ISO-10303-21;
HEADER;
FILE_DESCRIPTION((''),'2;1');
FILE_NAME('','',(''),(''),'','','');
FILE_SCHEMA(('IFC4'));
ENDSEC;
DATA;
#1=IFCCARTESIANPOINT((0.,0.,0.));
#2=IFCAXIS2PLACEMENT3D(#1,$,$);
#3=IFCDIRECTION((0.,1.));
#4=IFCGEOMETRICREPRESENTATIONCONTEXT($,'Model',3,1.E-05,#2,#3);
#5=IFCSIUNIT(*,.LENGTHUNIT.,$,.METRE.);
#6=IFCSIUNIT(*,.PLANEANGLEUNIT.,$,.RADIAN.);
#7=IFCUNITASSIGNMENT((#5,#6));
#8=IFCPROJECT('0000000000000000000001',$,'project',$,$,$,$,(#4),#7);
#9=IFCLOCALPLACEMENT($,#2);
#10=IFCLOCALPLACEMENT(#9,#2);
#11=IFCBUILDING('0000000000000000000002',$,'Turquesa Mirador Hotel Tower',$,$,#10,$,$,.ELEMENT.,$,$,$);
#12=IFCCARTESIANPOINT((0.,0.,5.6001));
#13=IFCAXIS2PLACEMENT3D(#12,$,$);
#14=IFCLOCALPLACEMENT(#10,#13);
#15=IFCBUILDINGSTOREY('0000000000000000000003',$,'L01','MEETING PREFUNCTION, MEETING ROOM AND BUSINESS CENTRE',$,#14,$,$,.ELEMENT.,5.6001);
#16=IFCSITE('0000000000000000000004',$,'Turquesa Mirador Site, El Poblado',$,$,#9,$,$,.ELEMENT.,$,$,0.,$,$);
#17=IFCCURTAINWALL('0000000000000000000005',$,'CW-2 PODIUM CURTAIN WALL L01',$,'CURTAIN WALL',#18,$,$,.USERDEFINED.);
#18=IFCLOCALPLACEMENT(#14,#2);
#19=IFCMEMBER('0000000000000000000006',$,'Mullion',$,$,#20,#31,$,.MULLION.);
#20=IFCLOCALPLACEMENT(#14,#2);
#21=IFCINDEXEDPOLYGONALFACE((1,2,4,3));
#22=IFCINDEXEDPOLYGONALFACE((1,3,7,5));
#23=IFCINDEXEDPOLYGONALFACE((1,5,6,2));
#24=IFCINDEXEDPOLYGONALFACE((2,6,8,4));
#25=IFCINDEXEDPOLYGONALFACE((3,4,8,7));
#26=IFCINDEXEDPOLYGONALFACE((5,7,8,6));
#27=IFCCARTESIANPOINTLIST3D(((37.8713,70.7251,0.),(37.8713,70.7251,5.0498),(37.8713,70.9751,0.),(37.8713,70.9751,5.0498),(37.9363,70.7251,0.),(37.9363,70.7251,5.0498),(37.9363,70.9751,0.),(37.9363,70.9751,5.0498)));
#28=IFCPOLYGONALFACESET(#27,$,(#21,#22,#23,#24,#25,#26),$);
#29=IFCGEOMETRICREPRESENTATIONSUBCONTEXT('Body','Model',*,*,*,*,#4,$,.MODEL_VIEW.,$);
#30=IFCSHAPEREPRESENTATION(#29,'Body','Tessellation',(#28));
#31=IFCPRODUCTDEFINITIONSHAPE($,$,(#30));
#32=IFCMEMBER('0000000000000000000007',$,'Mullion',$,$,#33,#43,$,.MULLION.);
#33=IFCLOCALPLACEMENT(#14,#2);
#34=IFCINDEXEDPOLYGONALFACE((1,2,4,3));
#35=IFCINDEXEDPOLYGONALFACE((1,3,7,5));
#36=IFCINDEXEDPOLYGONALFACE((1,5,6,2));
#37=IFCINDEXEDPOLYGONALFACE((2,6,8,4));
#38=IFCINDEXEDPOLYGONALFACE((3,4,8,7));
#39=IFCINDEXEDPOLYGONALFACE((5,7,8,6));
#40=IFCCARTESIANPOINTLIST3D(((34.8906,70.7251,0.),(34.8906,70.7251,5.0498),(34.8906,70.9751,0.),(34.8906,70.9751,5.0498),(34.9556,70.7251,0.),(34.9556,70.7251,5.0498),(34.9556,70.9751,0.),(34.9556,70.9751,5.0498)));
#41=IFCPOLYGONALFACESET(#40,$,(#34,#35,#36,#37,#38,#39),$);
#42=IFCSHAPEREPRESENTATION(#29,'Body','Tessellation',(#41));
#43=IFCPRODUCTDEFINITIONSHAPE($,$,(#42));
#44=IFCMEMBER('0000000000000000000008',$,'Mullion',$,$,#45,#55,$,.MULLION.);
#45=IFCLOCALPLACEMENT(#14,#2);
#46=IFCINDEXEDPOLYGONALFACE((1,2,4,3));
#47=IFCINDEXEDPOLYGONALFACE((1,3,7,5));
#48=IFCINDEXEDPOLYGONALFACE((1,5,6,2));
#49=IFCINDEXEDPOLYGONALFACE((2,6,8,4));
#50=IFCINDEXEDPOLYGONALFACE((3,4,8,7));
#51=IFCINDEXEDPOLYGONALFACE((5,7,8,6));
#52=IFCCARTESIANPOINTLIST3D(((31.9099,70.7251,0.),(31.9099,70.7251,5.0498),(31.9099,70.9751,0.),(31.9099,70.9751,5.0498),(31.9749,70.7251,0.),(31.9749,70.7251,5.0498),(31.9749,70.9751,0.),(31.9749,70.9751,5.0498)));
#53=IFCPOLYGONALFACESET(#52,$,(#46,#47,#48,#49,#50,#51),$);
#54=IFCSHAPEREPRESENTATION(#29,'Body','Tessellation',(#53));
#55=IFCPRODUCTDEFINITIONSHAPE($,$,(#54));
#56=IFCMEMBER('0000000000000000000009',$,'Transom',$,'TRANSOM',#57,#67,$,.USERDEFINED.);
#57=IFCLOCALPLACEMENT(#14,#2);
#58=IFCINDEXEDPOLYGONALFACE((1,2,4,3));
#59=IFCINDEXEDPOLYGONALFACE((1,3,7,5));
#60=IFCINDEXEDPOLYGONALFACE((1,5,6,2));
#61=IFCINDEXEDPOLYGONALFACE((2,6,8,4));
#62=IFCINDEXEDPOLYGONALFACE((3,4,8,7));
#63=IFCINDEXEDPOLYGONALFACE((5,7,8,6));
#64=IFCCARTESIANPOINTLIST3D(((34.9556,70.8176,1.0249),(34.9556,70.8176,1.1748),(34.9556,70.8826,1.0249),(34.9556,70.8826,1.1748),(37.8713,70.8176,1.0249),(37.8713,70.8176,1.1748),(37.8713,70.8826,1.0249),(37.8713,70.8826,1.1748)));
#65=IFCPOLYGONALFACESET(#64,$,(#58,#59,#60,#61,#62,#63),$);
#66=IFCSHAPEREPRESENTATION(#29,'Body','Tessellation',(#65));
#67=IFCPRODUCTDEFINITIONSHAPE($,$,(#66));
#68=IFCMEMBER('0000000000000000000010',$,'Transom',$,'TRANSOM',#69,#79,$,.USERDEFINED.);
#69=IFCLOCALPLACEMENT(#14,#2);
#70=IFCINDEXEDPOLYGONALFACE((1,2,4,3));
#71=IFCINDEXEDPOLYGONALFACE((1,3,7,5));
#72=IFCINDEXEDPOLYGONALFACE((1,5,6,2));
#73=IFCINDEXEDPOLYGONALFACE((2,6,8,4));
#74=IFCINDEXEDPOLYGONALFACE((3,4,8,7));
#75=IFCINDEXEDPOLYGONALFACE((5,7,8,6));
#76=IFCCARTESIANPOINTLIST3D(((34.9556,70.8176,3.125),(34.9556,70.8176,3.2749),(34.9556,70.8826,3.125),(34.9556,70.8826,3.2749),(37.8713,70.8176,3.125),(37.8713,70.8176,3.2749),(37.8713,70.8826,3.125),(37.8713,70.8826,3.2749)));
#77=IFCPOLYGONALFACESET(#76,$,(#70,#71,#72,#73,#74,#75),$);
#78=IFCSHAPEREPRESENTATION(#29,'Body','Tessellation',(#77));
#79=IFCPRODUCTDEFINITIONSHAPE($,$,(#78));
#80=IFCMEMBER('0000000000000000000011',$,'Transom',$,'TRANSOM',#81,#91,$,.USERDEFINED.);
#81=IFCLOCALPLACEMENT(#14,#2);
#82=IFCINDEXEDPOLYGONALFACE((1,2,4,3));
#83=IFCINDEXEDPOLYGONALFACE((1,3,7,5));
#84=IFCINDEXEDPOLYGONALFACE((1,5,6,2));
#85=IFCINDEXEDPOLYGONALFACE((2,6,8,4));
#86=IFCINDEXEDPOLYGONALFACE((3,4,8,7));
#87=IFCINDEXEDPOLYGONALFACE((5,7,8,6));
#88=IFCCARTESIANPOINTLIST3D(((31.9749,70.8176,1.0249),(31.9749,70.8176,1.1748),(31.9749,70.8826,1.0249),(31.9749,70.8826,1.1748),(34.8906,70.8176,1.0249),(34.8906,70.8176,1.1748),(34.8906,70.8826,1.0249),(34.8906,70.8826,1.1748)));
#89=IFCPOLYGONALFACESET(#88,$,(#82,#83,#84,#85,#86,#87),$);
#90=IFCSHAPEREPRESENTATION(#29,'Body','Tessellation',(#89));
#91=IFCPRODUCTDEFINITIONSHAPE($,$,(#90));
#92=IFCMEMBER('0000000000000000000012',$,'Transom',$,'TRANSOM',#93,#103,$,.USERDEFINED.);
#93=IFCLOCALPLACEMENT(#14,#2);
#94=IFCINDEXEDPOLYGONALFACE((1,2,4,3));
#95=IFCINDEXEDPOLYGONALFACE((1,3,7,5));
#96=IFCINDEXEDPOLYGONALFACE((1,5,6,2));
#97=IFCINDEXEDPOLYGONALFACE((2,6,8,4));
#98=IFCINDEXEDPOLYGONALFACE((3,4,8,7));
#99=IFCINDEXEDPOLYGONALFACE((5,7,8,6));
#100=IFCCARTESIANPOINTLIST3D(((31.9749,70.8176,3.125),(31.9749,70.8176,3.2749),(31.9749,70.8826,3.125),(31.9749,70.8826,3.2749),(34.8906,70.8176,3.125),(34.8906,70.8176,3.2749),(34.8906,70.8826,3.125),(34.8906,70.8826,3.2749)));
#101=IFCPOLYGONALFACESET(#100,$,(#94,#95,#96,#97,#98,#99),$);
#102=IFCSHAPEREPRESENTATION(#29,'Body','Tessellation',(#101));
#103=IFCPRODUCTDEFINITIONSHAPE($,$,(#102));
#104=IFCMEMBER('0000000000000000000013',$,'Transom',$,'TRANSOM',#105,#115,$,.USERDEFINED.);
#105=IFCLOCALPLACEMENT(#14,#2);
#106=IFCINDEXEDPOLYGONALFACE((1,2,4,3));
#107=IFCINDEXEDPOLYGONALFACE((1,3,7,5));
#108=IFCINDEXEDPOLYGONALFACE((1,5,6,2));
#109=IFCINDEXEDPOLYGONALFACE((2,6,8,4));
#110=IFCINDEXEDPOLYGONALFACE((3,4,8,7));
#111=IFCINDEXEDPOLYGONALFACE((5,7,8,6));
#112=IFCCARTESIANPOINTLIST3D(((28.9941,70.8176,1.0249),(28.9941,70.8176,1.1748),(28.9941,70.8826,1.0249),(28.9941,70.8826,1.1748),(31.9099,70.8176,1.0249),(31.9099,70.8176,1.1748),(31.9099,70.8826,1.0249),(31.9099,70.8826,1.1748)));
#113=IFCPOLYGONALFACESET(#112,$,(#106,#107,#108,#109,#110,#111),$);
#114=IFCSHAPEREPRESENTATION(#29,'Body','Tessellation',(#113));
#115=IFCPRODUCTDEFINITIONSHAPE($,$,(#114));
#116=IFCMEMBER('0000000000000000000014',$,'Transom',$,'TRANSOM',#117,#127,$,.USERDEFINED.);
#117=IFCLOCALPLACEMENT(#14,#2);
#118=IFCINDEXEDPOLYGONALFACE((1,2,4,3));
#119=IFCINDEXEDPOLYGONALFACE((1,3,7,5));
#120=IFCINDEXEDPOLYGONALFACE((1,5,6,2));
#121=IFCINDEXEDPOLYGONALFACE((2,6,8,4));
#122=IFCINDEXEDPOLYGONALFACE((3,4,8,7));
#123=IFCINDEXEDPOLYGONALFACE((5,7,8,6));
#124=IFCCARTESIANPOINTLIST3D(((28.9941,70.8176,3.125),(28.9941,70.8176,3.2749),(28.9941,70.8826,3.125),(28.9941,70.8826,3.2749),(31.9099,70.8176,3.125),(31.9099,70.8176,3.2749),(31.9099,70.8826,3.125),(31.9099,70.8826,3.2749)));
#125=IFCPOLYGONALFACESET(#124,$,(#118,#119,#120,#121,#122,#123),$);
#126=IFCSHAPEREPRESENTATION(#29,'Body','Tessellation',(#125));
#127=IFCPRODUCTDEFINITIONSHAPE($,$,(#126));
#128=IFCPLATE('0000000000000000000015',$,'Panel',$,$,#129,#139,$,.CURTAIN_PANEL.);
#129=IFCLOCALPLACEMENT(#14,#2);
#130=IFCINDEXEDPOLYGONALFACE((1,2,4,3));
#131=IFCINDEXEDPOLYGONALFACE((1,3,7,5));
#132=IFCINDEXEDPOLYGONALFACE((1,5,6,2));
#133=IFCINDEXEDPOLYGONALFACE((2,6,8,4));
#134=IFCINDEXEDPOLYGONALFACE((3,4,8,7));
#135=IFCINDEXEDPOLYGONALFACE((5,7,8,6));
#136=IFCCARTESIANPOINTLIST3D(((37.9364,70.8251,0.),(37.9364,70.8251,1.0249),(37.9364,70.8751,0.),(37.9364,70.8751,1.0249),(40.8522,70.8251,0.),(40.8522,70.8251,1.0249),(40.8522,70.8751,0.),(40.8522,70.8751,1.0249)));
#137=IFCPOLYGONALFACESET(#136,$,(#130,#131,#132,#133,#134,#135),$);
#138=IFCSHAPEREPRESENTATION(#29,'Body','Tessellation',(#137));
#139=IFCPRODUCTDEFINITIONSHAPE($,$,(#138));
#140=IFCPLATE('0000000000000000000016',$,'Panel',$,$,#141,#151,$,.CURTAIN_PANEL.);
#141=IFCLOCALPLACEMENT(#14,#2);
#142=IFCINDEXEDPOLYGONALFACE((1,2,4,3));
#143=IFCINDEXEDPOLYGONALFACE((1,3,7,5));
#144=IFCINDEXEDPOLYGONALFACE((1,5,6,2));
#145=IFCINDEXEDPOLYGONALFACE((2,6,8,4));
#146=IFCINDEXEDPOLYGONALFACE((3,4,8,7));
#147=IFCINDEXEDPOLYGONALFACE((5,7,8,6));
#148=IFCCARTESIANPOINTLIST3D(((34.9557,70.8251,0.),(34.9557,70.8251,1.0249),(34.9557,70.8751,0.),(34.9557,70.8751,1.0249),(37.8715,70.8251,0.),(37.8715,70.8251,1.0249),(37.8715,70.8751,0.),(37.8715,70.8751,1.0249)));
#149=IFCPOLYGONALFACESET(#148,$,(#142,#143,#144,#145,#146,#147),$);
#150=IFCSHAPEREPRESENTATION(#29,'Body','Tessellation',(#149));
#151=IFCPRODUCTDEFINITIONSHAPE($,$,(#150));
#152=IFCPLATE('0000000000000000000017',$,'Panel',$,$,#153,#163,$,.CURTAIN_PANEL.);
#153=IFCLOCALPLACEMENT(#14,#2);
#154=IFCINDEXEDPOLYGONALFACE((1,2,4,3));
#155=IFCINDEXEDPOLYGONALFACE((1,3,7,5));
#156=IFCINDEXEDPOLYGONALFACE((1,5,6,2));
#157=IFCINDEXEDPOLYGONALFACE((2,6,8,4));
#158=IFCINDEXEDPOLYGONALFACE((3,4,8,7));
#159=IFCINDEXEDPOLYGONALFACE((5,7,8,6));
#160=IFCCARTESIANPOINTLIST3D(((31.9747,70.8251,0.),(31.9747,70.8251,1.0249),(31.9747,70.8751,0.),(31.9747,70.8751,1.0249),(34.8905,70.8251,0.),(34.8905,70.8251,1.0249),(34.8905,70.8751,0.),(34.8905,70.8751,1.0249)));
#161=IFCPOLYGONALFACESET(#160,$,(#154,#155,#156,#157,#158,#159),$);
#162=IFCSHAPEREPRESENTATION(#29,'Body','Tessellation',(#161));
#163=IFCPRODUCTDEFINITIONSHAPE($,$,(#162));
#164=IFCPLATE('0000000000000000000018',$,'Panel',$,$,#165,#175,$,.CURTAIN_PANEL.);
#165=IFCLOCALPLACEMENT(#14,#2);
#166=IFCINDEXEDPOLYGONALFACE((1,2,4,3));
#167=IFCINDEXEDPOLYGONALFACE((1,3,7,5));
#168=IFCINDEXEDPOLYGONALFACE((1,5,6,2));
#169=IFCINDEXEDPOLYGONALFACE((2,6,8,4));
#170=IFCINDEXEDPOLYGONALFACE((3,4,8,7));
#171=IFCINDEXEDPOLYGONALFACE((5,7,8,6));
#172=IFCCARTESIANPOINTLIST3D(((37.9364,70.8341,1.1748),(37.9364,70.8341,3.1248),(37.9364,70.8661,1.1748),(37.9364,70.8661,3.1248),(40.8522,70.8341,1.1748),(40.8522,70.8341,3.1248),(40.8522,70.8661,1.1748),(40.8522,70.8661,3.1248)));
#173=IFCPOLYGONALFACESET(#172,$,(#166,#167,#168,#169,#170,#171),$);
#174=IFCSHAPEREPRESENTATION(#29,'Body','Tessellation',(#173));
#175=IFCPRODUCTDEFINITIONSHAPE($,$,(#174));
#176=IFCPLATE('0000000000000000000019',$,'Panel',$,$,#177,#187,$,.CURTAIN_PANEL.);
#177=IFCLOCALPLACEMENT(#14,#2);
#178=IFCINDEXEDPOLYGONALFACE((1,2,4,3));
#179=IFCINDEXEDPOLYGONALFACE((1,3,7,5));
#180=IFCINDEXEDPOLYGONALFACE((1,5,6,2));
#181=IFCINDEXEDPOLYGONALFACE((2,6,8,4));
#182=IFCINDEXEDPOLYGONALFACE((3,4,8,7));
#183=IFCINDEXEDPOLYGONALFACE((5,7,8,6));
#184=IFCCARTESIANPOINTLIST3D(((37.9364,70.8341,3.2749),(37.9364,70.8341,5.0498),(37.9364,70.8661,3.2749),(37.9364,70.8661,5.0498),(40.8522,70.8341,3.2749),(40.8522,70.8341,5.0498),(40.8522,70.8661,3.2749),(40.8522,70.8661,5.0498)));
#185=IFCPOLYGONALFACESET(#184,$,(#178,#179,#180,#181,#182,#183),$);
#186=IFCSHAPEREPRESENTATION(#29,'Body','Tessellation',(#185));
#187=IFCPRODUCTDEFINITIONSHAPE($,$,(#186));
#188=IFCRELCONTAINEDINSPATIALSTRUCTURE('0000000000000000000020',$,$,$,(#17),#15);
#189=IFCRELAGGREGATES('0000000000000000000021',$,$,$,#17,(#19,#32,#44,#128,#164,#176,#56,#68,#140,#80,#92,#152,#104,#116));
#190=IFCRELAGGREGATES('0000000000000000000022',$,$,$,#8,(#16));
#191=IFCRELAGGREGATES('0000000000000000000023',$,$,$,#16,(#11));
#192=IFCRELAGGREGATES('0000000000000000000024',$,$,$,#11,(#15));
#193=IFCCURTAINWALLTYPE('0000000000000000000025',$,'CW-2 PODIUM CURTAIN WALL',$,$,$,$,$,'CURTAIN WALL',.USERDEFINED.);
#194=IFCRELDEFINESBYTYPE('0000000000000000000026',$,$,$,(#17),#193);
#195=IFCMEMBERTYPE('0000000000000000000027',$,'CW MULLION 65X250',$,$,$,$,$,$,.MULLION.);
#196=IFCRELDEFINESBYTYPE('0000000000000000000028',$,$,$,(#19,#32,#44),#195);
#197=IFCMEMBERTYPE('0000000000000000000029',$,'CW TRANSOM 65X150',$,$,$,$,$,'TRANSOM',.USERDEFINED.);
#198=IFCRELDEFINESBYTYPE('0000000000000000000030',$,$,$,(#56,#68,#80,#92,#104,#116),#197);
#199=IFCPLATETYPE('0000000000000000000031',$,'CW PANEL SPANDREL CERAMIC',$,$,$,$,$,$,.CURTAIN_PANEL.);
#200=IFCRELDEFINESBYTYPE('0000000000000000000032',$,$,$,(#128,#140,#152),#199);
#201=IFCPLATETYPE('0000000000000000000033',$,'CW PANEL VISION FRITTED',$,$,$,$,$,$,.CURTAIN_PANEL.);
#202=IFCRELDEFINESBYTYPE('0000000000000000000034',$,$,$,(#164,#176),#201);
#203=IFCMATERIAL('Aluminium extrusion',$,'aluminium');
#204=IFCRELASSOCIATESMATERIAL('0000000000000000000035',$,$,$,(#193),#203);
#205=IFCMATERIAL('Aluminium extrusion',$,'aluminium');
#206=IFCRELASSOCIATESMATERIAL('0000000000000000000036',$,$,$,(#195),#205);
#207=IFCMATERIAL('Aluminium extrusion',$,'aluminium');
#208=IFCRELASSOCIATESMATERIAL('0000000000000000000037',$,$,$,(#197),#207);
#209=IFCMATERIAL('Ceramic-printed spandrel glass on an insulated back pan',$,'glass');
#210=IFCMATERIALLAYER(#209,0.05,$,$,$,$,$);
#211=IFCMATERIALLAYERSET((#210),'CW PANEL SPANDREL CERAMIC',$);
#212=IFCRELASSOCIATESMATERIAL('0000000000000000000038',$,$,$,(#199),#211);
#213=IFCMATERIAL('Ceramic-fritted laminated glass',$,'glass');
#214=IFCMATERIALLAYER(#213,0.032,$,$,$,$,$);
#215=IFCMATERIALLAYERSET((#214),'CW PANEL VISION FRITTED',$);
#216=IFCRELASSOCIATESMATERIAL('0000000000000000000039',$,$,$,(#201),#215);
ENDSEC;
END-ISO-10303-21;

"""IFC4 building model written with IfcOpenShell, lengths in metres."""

from ifc_helpers import new_model, si_unit, direction, frame, origin, origin_2d, place, context, subcontext, project, spatial, rectangle, extrude, material, layer, layer_set, material_profile, profile_set, type_object, element, aggregate, save


model = new_model("IFC4")

# Units and contexts
model_context = context("Model", 3, precision=1e-05, world=origin(), true_north=direction((0.0, 1.0)))
body_context = subcontext(model_context, "Body", "Model", "MODEL_VIEW")
ifc_project = project(units=[si_unit("LENGTHUNIT", "METRE"), si_unit("PLANEANGLEUNIT", "RADIAN")], contexts=[model_context])

# Site, building, storey
site_placement = place(None, origin())
site = spatial("IfcSite", under=ifc_project, at=site_placement, Name="Turquesa Mirador Site, El Poblado", CompositionType="ELEMENT", RefElevation=0.0)
building_placement = place(site_placement, origin())
building = spatial("IfcBuilding", under=site, at=building_placement, Name="Turquesa Mirador Hotel Tower", CompositionType="ELEMENT")
storey_placement = place(building_placement, frame((0.0, 0.0, 5.6001)))
storey = spatial("IfcBuildingStorey", under=building, at=storey_placement, Name="L01", Description="MEETING PREFUNCTION, MEETING ROOM AND BUSINESS CENTRE", CompositionType="ELEMENT", Elevation=5.6001)

# Curtain wall, members, plates
ifc_material_1 = material(Name="Aluminium extrusion", Category="aluminium")
curtain_wall_type = type_object("IfcCurtainWallType", Name="CW-2 PODIUM CURTAIN WALL", ElementType="CURTAIN WALL", PredefinedType="USERDEFINED", material=ifc_material_1)
curtain_wall_placement = place(storey_placement, origin())
curtain_wall = element("IfcCurtainWall", 1, at=curtain_wall_placement, inside=storey, type_object=curtain_wall_type, Name="CW-2 PODIUM CURTAIN WALL L01", ObjectType="CURTAIN WALL", PredefinedType="USERDEFINED")
ifc_material_2 = material(Name="Aluminium extrusion", Category="aluminium")
ifc_material_profile_1 = material_profile(ifc_material_2, rectangle(XDim=0.0649, YDim=0.25, at=origin_2d()), Name="MULLION 65X250")
ifc_profile_set_1 = profile_set([ifc_material_profile_1], Name="Aluminium extrusion")
member_type_1 = type_object("IfcMemberType", Name="CW MULLION 65X250", PredefinedType="MULLION", material=ifc_profile_set_1)
member_1_placement = place(storey_placement, frame((37.9038, 70.8501, 0.0), z_axis=(0.0, 0.0, 1.0), x_axis=(-1.0, 0.0, 0.0)))
member_1 = element("IfcMember", 2, at=member_1_placement, type_object=member_type_1, Name="Mullion", PredefinedType="MULLION", context=body_context, shape_type="SweptSolid", body=[
    extrude(rectangle(XDim=0.0649, YDim=0.25, at=origin_2d()), origin(), (0.0, 0.0, 1.0), 5.0498),
])
member_2_placement = place(storey_placement, frame((34.9231, 70.8501, 0.0), z_axis=(0.0, 0.0, 1.0), x_axis=(-1.0, 0.0, 0.0)))
member_2 = element("IfcMember", 3, at=member_2_placement, type_object=member_type_1, Name="Mullion", PredefinedType="MULLION", context=body_context, shape_type="SweptSolid", body=[
    extrude(rectangle(XDim=0.0649, YDim=0.25, at=origin_2d()), origin(), (0.0, 0.0, 1.0), 5.0498),
])
member_3_placement = place(storey_placement, frame((31.9424, 70.8501, 0.0), z_axis=(0.0, 0.0, 1.0), x_axis=(-1.0, 0.0, 0.0)))
member_3 = element("IfcMember", 4, at=member_3_placement, type_object=member_type_1, Name="Mullion", PredefinedType="MULLION", context=body_context, shape_type="SweptSolid", body=[
    extrude(rectangle(XDim=0.0649, YDim=0.25, at=origin_2d()), origin(), (0.0, 0.0, 1.0), 5.0498),
])
ifc_material_3 = material(Name="Aluminium extrusion", Category="aluminium")
ifc_material_profile_2 = material_profile(ifc_material_3, rectangle(XDim=0.0649, YDim=0.1499, at=origin_2d()), Name="TRANSOM 65X150")
ifc_profile_set_2 = profile_set([ifc_material_profile_2], Name="Aluminium extrusion")
member_type_2 = type_object("IfcMemberType", Name="CW TRANSOM 65X150", ElementType="TRANSOM", PredefinedType="USERDEFINED", material=ifc_profile_set_2)
member_4_placement = place(storey_placement, frame((37.8713, 70.8501, 1.0999), z_axis=(-1.0, 0.0, 0.0), x_axis=(0.0, -1.0, 0.0)))
member_4 = element("IfcMember", 5, at=member_4_placement, type_object=member_type_2, Name="Transom", ObjectType="TRANSOM", PredefinedType="USERDEFINED", context=body_context, shape_type="SweptSolid", body=[
    extrude(rectangle(XDim=0.0649, YDim=0.1499, at=origin_2d()), origin(), (0.0, 0.0, 1.0), 2.9158),
])
member_5_placement = place(storey_placement, frame((37.8713, 70.8501, 3.2), z_axis=(-1.0, 0.0, 0.0), x_axis=(0.0, -1.0, 0.0)))
member_5 = element("IfcMember", 6, at=member_5_placement, type_object=member_type_2, Name="Transom", ObjectType="TRANSOM", PredefinedType="USERDEFINED", context=body_context, shape_type="SweptSolid", body=[
    extrude(rectangle(XDim=0.0649, YDim=0.1499, at=origin_2d()), origin(), (0.0, 0.0, 1.0), 2.9158),
])
member_6_placement = place(storey_placement, frame((34.8906, 70.8501, 1.0999), z_axis=(-1.0, 0.0, 0.0), x_axis=(0.0, -1.0, 0.0)))
member_6 = element("IfcMember", 7, at=member_6_placement, type_object=member_type_2, Name="Transom", ObjectType="TRANSOM", PredefinedType="USERDEFINED", context=body_context, shape_type="SweptSolid", body=[
    extrude(rectangle(XDim=0.0649, YDim=0.1499, at=origin_2d()), origin(), (0.0, 0.0, 1.0), 2.9158),
])
member_7_placement = place(storey_placement, frame((34.8906, 70.8501, 3.2), z_axis=(-1.0, 0.0, 0.0), x_axis=(0.0, -1.0, 0.0)))
member_7 = element("IfcMember", 8, at=member_7_placement, type_object=member_type_2, Name="Transom", ObjectType="TRANSOM", PredefinedType="USERDEFINED", context=body_context, shape_type="SweptSolid", body=[
    extrude(rectangle(XDim=0.0649, YDim=0.1499, at=origin_2d()), origin(), (0.0, 0.0, 1.0), 2.9158),
])
member_8_placement = place(storey_placement, frame((31.9099, 70.8501, 1.0999), z_axis=(-1.0, 0.0, 0.0), x_axis=(0.0, -1.0, 0.0)))
member_8 = element("IfcMember", 9, at=member_8_placement, type_object=member_type_2, Name="Transom", ObjectType="TRANSOM", PredefinedType="USERDEFINED", context=body_context, shape_type="SweptSolid", body=[
    extrude(rectangle(XDim=0.0649, YDim=0.1499, at=origin_2d()), origin(), (0.0, 0.0, 1.0), 2.9158),
])
member_9_placement = place(storey_placement, frame((31.9099, 70.8501, 3.2), z_axis=(-1.0, 0.0, 0.0), x_axis=(0.0, -1.0, 0.0)))
member_9 = element("IfcMember", 10, at=member_9_placement, type_object=member_type_2, Name="Transom", ObjectType="TRANSOM", PredefinedType="USERDEFINED", context=body_context, shape_type="SweptSolid", body=[
    extrude(rectangle(XDim=0.0649, YDim=0.1499, at=origin_2d()), origin(), (0.0, 0.0, 1.0), 2.9158),
])
ifc_material_4 = material(Name="Ceramic-printed spandrel glass on an insulated back pan", Category="glass")
ifc_layer_1 = layer(ifc_material_4, 0.05)
ifc_layer_set_1 = layer_set([ifc_layer_1], Name="CW PANEL SPANDREL CERAMIC")
plate_type_1 = type_object("IfcPlateType", Name="CW PANEL SPANDREL CERAMIC", PredefinedType="CURTAIN_PANEL", material=ifc_layer_set_1)
plate_1_placement = place(storey_placement, frame((39.3943, 70.8501, 0.0), z_axis=(0.0, 0.0, 1.0), x_axis=(-1.0, 0.0, 0.0)))
plate_1 = element("IfcPlate", 11, at=plate_1_placement, type_object=plate_type_1, Name="Panel", PredefinedType="CURTAIN_PANEL", context=body_context, shape_type="SweptSolid", body=[
    extrude(rectangle(XDim=2.9158, YDim=0.05, at=origin_2d()), origin(), (0.0, 0.0, 1.0), 1.0249),
])
plate_2_placement = place(storey_placement, frame((36.4136, 70.8501, 0.0), z_axis=(0.0, 0.0, 1.0), x_axis=(-1.0, 0.0, 0.0)))
plate_2 = element("IfcPlate", 12, at=plate_2_placement, type_object=plate_type_1, Name="Panel", PredefinedType="CURTAIN_PANEL", context=body_context, shape_type="SweptSolid", body=[
    extrude(rectangle(XDim=2.9158, YDim=0.05, at=origin_2d()), origin(), (0.0, 0.0, 1.0), 1.0249),
])
plate_3_placement = place(storey_placement, frame((33.4326, 70.8501, 0.0), z_axis=(0.0, 0.0, 1.0), x_axis=(-1.0, 0.0, 0.0)))
plate_3 = element("IfcPlate", 13, at=plate_3_placement, type_object=plate_type_1, Name="Panel", PredefinedType="CURTAIN_PANEL", context=body_context, shape_type="SweptSolid", body=[
    extrude(rectangle(XDim=2.9158, YDim=0.05, at=origin_2d()), origin(), (0.0, 0.0, 1.0), 1.0249),
])
ifc_material_5 = material(Name="Ceramic-fritted laminated glass", Category="glass")
ifc_layer_2 = layer(ifc_material_5, 0.032)
ifc_layer_set_2 = layer_set([ifc_layer_2], Name="CW PANEL VISION FRITTED")
plate_type_2 = type_object("IfcPlateType", Name="CW PANEL VISION FRITTED", PredefinedType="CURTAIN_PANEL", material=ifc_layer_set_2)
plate_4_placement = place(storey_placement, frame((39.3943, 70.8501, 1.1748), z_axis=(0.0, 0.0, 1.0), x_axis=(-1.0, 0.0, 0.0)))
plate_4 = element("IfcPlate", 14, at=plate_4_placement, type_object=plate_type_2, Name="Panel", PredefinedType="CURTAIN_PANEL", context=body_context, shape_type="SweptSolid", body=[
    extrude(rectangle(XDim=2.9158, YDim=0.032, at=origin_2d()), origin(), (0.0, 0.0, 1.0), 1.95),
])
plate_5_placement = place(storey_placement, frame((39.3943, 70.8501, 3.2749), z_axis=(0.0, 0.0, 1.0), x_axis=(-1.0, 0.0, 0.0)))
plate_5 = element("IfcPlate", 15, at=plate_5_placement, type_object=plate_type_2, Name="Panel", PredefinedType="CURTAIN_PANEL", context=body_context, shape_type="SweptSolid", body=[
    extrude(rectangle(XDim=2.9158, YDim=0.032, at=origin_2d()), origin(), (0.0, 0.0, 1.0), 1.7749),
])
aggregate(curtain_wall, [member_1, member_2, member_3, plate_1, plate_4, plate_5, member_4, member_5, plate_2, member_6, member_7, plate_3, member_8, member_9])

save(model, "model.ifc")
